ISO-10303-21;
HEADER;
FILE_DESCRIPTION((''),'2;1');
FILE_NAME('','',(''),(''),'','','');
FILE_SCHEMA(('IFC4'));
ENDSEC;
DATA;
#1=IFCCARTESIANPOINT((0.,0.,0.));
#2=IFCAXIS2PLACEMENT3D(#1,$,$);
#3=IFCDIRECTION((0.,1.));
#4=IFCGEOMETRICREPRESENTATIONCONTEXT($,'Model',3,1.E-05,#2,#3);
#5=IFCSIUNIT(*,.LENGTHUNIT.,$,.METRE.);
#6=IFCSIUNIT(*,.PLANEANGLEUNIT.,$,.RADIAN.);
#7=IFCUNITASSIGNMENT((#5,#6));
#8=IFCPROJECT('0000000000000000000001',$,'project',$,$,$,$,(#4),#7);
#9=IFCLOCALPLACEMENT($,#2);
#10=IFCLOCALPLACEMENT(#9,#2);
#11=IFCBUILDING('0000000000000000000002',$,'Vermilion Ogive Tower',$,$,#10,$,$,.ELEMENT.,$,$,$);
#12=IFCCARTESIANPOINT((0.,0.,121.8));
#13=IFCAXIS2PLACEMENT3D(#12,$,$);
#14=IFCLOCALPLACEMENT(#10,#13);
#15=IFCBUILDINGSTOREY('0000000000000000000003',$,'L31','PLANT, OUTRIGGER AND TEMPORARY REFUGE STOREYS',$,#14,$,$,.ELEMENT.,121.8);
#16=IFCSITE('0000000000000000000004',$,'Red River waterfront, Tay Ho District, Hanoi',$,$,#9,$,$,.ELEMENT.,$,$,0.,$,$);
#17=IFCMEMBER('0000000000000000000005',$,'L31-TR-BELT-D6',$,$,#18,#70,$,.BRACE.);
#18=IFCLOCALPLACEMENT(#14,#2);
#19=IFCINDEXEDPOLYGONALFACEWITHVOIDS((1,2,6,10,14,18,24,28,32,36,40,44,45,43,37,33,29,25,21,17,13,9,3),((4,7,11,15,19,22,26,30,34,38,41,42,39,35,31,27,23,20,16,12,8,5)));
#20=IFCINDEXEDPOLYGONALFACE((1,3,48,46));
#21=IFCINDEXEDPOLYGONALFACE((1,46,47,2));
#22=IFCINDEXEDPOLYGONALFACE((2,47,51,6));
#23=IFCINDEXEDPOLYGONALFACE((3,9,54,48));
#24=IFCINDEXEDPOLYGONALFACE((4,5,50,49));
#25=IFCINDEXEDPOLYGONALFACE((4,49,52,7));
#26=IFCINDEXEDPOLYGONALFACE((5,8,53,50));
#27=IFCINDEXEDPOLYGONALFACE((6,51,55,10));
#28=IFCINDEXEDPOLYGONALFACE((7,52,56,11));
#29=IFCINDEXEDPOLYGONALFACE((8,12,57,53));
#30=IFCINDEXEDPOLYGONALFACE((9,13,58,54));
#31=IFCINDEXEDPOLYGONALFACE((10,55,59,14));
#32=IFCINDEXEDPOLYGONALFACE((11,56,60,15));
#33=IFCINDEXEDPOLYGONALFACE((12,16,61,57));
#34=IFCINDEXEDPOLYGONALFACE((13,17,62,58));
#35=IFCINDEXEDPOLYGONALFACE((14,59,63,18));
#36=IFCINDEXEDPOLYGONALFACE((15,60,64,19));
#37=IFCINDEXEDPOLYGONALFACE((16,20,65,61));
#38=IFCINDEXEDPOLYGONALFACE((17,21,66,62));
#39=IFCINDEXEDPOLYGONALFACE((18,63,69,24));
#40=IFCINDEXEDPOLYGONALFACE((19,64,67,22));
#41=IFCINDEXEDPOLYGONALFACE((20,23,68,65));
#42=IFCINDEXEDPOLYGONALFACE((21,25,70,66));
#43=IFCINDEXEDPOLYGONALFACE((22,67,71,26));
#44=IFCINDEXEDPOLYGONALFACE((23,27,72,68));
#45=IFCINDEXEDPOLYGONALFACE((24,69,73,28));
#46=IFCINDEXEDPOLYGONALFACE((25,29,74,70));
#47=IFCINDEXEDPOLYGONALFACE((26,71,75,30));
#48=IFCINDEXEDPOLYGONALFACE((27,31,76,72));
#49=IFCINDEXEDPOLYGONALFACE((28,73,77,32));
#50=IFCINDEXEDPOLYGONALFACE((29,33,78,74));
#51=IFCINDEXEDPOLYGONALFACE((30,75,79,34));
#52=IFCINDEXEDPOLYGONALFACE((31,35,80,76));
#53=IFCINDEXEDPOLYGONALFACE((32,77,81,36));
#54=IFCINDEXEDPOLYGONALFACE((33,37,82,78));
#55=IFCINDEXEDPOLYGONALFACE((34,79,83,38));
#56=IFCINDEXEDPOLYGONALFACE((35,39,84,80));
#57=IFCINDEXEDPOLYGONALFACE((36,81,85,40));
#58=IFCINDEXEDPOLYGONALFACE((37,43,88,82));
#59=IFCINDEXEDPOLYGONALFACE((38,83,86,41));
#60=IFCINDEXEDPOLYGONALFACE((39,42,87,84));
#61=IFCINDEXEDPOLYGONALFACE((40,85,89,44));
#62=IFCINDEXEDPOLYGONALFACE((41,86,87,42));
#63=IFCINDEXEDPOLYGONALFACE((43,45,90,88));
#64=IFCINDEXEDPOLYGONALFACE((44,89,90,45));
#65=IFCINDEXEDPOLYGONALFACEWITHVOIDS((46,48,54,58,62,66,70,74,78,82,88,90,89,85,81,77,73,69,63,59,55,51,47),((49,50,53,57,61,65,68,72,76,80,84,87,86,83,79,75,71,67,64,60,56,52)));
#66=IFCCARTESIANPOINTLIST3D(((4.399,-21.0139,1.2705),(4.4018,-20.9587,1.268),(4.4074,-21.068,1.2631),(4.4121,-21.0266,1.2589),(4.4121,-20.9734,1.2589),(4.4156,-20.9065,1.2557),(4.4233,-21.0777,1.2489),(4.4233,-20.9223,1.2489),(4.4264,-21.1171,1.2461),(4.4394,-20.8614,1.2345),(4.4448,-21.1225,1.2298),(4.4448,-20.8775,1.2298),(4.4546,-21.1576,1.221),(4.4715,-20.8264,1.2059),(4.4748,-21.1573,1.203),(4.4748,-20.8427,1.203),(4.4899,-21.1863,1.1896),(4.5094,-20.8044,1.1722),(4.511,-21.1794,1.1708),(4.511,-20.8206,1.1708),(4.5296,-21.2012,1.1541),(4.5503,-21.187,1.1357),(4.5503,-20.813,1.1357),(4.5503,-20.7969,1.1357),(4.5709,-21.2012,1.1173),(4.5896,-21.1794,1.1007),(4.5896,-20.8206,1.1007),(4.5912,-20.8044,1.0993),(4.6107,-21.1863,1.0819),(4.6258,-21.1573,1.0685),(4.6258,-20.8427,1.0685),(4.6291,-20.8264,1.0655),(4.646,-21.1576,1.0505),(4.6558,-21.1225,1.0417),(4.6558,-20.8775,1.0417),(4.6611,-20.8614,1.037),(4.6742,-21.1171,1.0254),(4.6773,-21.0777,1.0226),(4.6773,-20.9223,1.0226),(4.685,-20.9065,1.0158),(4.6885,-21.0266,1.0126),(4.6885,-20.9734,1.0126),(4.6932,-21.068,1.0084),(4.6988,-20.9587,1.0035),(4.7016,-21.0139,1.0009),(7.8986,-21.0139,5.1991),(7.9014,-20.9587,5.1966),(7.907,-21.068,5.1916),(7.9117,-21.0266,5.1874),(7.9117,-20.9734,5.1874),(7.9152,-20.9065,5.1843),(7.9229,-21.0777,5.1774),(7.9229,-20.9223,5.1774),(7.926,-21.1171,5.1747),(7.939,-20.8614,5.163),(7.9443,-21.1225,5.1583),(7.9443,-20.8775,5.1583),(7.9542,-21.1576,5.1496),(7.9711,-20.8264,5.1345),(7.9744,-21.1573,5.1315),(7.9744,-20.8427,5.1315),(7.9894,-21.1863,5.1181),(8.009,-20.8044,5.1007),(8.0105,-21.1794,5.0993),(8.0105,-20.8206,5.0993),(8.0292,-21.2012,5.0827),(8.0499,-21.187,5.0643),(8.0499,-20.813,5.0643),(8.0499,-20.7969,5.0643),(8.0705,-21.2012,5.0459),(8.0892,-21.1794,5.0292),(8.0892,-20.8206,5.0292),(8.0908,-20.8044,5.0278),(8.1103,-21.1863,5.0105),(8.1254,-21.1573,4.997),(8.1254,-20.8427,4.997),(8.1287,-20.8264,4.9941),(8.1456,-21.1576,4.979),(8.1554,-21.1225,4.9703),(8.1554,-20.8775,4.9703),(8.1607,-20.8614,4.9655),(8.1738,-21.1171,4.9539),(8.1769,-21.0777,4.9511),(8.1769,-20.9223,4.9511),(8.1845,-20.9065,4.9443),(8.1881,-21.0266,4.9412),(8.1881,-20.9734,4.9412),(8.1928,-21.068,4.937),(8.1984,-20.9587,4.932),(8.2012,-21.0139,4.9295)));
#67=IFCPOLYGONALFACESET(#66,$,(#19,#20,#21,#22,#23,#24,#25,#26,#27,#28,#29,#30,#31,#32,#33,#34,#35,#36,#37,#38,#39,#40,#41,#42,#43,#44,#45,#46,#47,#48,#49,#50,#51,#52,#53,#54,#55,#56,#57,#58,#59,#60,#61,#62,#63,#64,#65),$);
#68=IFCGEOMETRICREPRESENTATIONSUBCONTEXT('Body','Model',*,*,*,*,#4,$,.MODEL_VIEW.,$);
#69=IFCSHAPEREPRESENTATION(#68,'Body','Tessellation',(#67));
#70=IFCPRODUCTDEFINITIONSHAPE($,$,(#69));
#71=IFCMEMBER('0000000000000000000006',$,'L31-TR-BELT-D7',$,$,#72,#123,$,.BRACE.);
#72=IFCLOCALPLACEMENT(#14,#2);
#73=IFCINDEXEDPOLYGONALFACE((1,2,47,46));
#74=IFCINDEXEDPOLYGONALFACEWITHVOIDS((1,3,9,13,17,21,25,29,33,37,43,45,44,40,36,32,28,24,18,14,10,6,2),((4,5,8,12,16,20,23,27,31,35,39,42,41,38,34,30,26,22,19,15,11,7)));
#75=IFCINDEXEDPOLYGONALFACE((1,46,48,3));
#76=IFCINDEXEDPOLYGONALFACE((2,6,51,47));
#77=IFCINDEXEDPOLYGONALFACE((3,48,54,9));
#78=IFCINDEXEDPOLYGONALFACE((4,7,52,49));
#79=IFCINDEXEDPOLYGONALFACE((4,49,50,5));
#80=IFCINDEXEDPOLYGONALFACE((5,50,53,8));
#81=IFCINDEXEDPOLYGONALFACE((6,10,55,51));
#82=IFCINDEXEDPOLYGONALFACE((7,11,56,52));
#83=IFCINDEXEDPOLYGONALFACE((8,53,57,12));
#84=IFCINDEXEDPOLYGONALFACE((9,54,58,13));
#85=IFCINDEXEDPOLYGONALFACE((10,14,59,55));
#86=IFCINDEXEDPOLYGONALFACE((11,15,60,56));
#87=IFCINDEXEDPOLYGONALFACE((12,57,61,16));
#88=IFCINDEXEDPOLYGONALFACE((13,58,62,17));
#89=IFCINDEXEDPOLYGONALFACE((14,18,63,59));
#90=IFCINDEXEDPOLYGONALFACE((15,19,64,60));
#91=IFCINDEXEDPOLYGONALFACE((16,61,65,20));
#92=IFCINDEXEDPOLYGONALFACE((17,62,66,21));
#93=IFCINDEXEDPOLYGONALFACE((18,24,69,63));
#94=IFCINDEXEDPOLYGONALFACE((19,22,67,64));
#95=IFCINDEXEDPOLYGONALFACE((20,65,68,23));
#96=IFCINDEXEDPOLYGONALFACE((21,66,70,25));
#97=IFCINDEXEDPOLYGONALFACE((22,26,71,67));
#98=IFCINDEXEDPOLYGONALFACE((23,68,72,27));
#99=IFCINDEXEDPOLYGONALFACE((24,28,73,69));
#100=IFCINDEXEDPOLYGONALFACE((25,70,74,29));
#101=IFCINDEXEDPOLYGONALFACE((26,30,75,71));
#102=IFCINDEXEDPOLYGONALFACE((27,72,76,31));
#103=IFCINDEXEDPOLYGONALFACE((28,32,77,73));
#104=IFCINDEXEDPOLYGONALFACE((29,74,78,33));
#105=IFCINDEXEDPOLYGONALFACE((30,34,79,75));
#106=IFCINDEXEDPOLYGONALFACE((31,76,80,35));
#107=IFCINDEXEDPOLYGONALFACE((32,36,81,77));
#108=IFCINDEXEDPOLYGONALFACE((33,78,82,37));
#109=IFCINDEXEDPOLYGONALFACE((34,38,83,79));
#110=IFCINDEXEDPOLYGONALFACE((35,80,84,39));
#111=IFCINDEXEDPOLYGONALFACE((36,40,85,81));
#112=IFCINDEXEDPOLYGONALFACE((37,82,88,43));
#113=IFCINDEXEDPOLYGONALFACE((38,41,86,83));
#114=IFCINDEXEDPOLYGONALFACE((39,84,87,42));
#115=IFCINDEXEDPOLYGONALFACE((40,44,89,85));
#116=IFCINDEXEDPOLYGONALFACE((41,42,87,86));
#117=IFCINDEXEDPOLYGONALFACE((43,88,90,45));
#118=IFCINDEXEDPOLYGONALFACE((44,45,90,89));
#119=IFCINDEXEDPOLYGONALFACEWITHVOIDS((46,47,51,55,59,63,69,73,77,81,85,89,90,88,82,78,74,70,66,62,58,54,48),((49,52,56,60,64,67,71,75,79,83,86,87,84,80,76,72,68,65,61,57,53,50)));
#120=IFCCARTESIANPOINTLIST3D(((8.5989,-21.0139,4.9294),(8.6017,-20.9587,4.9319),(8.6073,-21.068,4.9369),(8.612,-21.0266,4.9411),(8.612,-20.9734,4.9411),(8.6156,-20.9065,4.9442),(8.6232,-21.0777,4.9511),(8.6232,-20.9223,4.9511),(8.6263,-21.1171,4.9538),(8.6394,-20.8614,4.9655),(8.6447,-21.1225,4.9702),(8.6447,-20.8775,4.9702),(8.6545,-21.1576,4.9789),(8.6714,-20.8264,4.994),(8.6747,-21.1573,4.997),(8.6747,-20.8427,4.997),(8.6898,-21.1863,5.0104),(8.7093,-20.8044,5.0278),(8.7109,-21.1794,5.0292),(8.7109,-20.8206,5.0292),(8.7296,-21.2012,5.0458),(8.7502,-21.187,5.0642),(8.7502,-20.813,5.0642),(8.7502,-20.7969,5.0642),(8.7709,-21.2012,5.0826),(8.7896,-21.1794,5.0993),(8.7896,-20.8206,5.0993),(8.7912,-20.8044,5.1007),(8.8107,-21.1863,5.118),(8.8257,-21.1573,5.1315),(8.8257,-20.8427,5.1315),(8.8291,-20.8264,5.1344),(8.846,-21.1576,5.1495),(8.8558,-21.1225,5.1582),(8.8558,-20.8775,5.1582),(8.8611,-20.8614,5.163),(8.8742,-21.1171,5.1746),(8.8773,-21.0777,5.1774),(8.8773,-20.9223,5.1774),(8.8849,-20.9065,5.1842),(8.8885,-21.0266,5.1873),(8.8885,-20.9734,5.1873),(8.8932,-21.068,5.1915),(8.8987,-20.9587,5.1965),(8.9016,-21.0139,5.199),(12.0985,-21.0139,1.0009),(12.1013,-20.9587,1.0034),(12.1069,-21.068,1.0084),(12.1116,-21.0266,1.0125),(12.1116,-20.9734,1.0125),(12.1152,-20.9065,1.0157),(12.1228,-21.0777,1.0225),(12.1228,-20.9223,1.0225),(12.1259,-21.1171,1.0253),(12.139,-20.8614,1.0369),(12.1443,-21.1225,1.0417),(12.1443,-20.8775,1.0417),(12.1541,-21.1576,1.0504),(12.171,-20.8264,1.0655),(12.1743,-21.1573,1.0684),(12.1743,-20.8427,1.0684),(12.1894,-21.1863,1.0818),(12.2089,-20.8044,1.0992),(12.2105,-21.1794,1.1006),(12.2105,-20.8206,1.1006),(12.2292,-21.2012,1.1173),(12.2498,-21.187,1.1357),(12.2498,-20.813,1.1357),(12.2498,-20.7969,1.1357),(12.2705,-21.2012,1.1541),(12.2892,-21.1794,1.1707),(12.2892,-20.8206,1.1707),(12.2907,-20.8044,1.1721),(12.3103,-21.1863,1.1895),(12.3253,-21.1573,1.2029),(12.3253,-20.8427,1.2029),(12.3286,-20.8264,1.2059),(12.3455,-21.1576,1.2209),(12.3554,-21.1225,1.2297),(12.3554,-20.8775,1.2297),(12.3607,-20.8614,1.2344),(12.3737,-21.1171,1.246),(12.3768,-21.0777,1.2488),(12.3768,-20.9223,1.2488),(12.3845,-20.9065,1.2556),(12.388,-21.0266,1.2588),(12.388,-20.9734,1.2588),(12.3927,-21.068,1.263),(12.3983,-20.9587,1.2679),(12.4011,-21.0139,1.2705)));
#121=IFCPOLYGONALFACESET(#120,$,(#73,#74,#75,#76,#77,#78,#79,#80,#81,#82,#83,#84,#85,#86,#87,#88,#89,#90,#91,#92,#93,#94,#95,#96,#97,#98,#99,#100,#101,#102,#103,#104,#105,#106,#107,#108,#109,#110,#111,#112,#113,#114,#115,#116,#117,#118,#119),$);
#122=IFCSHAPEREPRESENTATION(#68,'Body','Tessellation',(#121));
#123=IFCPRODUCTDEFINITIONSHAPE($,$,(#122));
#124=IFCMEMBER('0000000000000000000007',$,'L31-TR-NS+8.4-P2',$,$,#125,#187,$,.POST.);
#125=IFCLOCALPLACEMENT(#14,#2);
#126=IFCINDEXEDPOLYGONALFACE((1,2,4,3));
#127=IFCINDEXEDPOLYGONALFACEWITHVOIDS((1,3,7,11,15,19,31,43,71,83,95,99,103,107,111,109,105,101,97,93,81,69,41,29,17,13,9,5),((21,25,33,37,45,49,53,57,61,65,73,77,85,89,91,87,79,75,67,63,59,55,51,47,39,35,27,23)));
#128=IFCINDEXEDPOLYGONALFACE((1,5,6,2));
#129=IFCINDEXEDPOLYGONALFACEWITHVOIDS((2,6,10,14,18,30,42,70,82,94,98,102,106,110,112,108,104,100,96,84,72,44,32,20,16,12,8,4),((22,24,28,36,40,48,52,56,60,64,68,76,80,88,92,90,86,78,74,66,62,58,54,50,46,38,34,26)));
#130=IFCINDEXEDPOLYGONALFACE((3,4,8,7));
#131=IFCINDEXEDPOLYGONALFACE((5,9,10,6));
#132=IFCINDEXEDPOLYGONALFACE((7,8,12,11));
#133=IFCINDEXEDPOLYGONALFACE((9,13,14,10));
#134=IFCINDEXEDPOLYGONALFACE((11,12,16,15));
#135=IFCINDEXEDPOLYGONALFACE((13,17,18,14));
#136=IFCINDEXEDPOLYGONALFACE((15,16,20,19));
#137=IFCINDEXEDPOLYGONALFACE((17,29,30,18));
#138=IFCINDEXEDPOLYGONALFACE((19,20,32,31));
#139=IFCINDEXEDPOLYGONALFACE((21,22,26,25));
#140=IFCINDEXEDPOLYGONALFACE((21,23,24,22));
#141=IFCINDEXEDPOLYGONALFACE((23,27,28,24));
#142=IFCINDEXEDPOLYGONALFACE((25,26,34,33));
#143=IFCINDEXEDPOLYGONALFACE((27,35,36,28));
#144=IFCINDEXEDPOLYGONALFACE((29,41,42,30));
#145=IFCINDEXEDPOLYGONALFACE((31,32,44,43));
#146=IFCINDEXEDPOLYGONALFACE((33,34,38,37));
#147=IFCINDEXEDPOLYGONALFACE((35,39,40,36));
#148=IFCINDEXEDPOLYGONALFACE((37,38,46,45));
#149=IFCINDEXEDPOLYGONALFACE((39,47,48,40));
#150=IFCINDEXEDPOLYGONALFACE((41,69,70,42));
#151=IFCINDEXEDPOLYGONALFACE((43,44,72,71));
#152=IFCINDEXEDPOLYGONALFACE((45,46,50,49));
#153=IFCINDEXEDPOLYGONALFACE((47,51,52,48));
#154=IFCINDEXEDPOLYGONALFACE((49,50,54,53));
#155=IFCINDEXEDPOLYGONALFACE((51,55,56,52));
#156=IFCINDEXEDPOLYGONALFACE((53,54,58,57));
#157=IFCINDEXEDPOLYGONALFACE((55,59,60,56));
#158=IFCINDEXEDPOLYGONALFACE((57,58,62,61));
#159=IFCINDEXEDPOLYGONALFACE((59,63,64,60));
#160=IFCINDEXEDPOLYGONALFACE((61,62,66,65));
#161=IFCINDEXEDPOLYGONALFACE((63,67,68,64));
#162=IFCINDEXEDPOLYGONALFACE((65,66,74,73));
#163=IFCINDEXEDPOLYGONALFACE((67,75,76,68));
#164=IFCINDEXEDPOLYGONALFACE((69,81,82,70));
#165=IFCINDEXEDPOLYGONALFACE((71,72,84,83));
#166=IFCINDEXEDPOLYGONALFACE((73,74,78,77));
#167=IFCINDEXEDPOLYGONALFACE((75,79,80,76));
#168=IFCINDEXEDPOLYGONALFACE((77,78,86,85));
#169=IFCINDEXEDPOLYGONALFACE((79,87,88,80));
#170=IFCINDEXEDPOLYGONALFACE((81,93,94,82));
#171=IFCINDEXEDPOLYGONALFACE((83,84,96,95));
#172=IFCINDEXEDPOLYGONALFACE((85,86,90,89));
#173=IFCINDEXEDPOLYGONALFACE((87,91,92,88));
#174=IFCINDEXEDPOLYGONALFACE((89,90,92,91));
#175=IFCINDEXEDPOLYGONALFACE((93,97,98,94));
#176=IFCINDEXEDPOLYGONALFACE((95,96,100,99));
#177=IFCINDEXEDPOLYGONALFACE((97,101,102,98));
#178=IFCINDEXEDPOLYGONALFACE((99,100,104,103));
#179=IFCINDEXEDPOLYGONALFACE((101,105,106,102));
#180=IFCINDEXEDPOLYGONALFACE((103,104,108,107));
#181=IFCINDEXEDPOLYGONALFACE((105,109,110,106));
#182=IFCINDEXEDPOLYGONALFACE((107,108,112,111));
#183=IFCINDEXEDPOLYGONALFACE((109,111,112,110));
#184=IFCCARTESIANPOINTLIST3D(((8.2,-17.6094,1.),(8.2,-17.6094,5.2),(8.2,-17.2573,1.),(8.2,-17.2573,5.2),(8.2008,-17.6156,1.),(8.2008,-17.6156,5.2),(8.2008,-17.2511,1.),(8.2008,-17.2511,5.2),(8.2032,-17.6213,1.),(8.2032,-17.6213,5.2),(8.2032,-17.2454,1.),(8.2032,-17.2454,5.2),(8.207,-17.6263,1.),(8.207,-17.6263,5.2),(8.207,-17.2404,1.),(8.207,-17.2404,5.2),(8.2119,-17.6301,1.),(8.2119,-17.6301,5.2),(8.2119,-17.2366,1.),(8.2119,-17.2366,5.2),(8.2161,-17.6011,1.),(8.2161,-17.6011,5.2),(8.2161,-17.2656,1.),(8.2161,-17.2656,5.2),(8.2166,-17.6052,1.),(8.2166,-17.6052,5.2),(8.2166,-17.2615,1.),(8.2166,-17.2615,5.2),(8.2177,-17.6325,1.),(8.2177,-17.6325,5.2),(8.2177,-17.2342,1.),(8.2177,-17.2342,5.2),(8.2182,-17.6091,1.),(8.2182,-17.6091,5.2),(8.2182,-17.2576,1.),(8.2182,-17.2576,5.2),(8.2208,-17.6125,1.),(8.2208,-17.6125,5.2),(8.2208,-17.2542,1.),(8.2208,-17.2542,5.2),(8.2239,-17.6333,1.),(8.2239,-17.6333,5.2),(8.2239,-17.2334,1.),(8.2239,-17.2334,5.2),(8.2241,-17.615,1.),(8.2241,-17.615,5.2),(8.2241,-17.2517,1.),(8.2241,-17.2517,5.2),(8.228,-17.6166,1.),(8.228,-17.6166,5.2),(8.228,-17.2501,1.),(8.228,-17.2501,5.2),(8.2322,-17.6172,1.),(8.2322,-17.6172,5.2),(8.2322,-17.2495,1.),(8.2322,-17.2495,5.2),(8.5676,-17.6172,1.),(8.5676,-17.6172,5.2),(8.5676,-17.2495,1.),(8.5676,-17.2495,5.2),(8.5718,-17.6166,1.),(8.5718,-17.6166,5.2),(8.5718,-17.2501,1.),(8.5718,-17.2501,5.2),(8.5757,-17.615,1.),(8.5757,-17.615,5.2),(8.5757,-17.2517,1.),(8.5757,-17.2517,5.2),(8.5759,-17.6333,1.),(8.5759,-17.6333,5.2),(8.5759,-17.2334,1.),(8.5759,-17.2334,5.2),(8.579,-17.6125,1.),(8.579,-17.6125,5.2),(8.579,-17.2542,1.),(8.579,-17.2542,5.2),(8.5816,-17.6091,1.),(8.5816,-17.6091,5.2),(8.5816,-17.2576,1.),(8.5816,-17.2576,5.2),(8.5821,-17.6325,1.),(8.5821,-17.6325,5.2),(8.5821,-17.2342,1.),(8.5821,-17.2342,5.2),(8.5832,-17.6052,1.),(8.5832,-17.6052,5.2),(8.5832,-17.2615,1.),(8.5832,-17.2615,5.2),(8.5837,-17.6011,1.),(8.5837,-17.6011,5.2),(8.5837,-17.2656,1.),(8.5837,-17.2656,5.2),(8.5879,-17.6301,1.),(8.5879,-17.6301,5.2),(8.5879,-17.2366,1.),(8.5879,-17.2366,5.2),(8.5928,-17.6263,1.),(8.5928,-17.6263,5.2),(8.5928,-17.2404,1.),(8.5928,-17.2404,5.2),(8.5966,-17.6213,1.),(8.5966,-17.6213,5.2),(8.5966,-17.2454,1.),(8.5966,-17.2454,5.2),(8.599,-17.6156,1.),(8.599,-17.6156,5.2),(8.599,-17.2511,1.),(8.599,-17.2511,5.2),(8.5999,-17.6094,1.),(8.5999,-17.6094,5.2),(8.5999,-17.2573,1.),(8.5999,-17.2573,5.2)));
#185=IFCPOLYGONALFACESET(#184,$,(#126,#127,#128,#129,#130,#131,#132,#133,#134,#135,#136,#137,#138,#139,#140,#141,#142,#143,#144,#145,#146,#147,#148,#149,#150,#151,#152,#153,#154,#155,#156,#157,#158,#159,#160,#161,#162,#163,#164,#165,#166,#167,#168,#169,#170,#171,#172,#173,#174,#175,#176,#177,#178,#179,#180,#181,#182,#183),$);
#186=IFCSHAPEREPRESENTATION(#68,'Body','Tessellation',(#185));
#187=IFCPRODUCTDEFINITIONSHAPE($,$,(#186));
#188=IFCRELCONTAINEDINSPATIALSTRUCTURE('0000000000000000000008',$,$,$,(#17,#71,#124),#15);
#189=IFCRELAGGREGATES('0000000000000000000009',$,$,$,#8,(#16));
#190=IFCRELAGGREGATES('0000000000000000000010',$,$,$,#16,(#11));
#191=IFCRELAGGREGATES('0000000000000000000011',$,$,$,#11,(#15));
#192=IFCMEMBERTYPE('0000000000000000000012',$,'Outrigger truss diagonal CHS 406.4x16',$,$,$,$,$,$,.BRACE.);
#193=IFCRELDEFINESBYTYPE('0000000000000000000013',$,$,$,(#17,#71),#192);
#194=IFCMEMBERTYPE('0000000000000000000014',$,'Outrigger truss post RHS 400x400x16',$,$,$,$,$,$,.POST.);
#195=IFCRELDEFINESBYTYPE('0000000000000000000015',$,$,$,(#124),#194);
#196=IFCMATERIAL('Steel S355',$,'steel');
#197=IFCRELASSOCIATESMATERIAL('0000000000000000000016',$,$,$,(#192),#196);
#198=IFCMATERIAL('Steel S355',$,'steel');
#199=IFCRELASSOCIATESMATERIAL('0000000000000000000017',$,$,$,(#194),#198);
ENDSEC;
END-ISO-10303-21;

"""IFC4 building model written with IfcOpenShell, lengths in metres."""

from ifc_helpers import new_model, si_unit, direction, frame, origin, origin_2d, place, context, subcontext, project, spatial, hollow_rectangle, hollow_circle, extrude, material, material_profile, profile_set, type_object, element, save


model = new_model("IFC4")

# Units and contexts
model_context = context("Model", 3, precision=1e-05, world=origin(), true_north=direction((0.0, 1.0)))
body_context = subcontext(model_context, "Body", "Model", "MODEL_VIEW")
ifc_project = project(units=[si_unit("LENGTHUNIT", "METRE"), si_unit("PLANEANGLEUNIT", "RADIAN")], contexts=[model_context])

# Site, building, storey
site_placement = place(None, origin())
site = spatial("IfcSite", under=ifc_project, at=site_placement, Name="Red River waterfront, Tay Ho District, Hanoi", CompositionType="ELEMENT", RefElevation=0.0)
building_placement = place(site_placement, origin())
building = spatial("IfcBuilding", under=site, at=building_placement, Name="Vermilion Ogive Tower", CompositionType="ELEMENT")
storey_placement = place(building_placement, frame((0.0, 0.0, 121.8)))
storey = spatial("IfcBuildingStorey", under=building, at=storey_placement, Name="L31", Description="PLANT, OUTRIGGER AND TEMPORARY REFUGE STOREYS", CompositionType="ELEMENT", Elevation=121.8)

# Members
ifc_material_1 = material(Name="Steel S355", Category="steel")
ifc_material_profile_1 = material_profile(ifc_material_1, hollow_circle(Radius=0.2031, WallThickness=0.0161, at=origin_2d()), Name="CHS 406.4x16")
ifc_profile_set_1 = profile_set([ifc_material_profile_1], Name="Steel S355")
member_type_1 = type_object("IfcMemberType", Name="Outrigger truss diagonal CHS 406.4x16", PredefinedType="BRACE", material=ifc_profile_set_1)
for number, where, z_axis, x_axis, name in (
    (1, (4.5503, -21.0, 1.1357), (0.665164, 0.0, 0.746697), (0.0, 1.0, 0.0), "L31-TR-BELT-D6"),
    (2, (8.7502, -21.0, 5.0642), (0.665164, 0.0, -0.746697), (0.0, 1.0, 0.0), "L31-TR-BELT-D7"),
):
    element("IfcMember", number, at=place(storey_placement, frame(where, z_axis=z_axis, x_axis=x_axis)), inside=storey, type_object=member_type_1, Name=name, PredefinedType="BRACE", context=body_context, shape_type="SweptSolid", body=[
        extrude(hollow_circle(Radius=0.2031, WallThickness=0.0161, at=origin_2d()), origin(), (0.0, 0.0, 1.0), 5.2612),
    ])
ifc_material_2 = material(Name="Steel S355", Category="steel")
ifc_material_profile_2 = material_profile(ifc_material_2, hollow_rectangle(XDim=0.3999, YDim=0.3999, WallThickness=0.0161, InnerFilletRadius=0.0161, OuterFilletRadius=0.0239, at=origin_2d()), Name="RHS 400x400x16")
ifc_profile_set_2 = profile_set([ifc_material_profile_2], Name="Steel S355")
member_type_2 = type_object("IfcMemberType", Name="Outrigger truss post RHS 400x400x16", PredefinedType="POST", material=ifc_profile_set_2)
for number, where, z_axis, x_axis, name in (
    (3, (8.3999, -17.4333, 1.0), (0.0, 0.0, 1.0), (1.0, 0.0, 0.0), "L31-TR-NS+8.4-P2"),
):
    element("IfcMember", number, at=place(storey_placement, frame(where, z_axis=z_axis, x_axis=x_axis)), inside=storey, type_object=member_type_2, Name=name, PredefinedType="POST", context=body_context, shape_type="SweptSolid", body=[
        extrude(hollow_rectangle(XDim=0.3999, YDim=0.3999, WallThickness=0.0161, InnerFilletRadius=0.0161, OuterFilletRadius=0.0239, at=origin_2d()), origin(), (0.0, 0.0, 1.0), 4.2),
    ])

save(model, "model.ifc")
